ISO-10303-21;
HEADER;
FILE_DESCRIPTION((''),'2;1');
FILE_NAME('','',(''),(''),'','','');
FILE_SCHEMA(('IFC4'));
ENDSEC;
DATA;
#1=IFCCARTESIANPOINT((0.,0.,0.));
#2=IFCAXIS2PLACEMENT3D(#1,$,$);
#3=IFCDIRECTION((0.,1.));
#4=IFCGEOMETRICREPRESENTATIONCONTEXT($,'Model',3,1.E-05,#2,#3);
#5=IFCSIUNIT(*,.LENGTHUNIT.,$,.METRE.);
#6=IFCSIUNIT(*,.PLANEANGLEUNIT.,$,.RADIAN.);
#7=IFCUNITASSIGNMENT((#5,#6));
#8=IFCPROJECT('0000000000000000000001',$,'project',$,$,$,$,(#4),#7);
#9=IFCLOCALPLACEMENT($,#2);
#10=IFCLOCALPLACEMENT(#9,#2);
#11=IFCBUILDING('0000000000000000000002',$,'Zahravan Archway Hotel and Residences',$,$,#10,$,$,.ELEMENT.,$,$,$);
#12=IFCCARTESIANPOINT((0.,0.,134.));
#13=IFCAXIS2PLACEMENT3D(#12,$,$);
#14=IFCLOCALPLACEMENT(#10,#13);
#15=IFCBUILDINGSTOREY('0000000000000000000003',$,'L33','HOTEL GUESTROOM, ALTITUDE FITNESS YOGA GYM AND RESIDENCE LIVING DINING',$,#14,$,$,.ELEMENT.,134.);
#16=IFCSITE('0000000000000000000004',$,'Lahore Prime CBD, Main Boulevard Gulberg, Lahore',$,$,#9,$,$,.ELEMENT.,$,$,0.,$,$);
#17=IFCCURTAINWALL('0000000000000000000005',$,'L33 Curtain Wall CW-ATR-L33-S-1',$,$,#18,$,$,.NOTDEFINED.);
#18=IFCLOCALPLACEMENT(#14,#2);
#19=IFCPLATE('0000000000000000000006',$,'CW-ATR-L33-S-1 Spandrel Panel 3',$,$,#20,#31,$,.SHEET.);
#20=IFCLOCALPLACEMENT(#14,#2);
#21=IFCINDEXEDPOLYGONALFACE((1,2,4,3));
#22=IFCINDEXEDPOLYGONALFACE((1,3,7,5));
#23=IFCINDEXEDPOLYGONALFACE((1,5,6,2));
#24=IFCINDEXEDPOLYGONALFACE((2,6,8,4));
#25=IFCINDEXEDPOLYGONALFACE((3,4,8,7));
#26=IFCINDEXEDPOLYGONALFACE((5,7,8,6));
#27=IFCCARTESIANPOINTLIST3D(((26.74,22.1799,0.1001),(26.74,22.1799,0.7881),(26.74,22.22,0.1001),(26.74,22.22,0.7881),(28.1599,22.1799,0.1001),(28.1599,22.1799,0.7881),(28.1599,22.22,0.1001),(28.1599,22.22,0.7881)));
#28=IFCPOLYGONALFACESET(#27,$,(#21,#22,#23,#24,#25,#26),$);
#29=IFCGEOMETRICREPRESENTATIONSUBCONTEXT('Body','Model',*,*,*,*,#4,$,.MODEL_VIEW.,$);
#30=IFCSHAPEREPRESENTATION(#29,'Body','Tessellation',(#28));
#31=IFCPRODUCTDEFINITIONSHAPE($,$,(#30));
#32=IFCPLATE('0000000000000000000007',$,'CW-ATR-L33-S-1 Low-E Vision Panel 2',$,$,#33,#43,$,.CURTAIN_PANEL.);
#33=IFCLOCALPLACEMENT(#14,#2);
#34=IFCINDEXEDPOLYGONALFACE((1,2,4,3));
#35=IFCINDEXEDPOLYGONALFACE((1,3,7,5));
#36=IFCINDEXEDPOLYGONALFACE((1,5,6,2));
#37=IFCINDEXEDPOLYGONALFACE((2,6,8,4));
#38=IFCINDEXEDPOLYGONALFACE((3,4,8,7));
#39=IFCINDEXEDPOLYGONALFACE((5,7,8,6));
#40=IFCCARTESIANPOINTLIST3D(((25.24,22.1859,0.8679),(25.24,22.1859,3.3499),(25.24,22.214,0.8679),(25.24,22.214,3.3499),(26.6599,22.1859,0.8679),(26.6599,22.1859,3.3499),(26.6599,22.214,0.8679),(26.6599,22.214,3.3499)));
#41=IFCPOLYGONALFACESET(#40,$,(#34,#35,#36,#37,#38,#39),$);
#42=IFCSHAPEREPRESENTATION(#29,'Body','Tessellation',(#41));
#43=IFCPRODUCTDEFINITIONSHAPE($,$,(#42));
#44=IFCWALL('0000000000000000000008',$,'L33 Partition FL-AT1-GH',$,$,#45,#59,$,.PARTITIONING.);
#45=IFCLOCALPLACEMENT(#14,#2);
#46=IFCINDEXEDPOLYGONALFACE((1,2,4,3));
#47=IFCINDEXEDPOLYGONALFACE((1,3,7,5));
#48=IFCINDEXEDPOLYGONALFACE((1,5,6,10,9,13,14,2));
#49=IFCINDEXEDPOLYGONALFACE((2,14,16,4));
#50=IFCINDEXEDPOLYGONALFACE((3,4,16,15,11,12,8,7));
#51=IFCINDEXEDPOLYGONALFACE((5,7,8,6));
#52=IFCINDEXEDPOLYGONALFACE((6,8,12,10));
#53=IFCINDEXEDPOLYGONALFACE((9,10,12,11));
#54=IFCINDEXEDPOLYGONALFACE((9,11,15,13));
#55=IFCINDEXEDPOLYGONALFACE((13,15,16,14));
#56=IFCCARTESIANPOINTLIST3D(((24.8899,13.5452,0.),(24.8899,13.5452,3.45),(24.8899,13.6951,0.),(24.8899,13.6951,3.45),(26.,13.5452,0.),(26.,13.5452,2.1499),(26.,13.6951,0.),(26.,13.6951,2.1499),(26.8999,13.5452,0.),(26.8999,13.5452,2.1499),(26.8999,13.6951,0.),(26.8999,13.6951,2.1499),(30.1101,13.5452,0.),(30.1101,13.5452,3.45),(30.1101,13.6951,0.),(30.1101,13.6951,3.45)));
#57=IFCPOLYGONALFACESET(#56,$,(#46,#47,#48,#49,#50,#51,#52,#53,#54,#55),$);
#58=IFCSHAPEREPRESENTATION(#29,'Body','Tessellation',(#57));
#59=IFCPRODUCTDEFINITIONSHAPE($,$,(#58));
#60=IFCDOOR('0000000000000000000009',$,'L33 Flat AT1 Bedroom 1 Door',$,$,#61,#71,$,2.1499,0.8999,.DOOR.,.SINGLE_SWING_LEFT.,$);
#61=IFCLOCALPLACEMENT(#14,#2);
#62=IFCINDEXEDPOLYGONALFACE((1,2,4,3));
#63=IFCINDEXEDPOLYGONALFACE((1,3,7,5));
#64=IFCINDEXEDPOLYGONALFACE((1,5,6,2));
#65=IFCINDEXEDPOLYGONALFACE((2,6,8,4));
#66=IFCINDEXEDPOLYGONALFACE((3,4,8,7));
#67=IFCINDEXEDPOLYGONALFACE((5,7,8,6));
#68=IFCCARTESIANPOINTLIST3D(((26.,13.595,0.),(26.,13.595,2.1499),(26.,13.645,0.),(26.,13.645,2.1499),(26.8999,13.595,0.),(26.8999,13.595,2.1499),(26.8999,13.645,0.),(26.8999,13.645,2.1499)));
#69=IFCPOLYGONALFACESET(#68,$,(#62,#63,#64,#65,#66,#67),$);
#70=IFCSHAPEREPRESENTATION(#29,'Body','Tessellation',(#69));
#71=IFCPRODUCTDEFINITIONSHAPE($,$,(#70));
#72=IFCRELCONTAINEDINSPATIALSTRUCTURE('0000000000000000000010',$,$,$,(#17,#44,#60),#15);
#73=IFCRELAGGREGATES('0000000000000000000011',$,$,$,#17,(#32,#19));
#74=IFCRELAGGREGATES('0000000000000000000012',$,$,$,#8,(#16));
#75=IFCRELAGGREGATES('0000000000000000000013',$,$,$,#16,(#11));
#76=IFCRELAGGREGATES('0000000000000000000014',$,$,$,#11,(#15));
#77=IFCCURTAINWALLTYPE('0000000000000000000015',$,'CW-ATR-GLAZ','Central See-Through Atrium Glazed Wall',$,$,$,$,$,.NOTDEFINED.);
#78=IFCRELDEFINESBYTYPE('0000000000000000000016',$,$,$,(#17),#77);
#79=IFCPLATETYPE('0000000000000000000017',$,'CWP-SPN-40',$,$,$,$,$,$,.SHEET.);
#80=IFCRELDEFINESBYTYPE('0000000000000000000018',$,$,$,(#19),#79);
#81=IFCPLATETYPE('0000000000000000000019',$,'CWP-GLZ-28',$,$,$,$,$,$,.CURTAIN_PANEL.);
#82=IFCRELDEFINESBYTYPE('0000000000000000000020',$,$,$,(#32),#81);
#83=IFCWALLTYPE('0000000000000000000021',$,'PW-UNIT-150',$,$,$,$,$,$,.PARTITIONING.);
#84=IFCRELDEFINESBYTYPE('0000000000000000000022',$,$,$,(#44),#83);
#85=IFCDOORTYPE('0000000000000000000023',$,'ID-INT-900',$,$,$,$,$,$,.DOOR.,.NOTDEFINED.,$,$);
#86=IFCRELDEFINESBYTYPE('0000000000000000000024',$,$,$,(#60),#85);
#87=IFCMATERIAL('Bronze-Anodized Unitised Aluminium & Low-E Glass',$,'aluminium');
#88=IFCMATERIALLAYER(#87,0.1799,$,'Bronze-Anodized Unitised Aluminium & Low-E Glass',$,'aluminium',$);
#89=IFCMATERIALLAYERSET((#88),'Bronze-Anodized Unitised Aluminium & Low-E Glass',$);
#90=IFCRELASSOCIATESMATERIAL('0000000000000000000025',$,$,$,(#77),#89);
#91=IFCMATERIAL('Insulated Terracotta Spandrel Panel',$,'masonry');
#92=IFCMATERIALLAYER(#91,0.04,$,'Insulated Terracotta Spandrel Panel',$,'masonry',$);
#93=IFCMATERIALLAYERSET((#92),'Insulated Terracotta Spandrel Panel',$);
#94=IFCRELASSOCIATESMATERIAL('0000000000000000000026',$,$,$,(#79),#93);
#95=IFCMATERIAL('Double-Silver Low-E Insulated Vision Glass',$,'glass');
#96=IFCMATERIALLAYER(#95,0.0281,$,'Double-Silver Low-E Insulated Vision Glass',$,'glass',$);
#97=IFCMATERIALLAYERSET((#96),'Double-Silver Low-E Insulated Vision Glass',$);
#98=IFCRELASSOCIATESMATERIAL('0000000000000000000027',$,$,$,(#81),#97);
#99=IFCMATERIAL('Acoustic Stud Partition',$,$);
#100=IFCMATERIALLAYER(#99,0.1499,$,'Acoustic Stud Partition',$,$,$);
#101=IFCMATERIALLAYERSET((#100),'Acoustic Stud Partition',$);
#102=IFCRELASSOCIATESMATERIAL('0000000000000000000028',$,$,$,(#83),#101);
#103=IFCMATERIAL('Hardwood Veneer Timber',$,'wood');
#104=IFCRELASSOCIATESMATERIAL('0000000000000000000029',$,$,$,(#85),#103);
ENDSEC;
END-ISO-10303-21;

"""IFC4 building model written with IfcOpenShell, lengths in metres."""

from ifc_helpers import new_model, si_unit, direction, frame, frame_2d, origin, origin_2d, place, context, subcontext, project, spatial, rectangle, extrude, source, transform, mapped, material, layer, layer_set, type_object, type_shapes, element, fill, aggregate, save


model = new_model("IFC4")

# Units and contexts
model_context = context("Model", 3, precision=1e-05, world=origin(), true_north=direction((0.0, 1.0)))
body_context = subcontext(model_context, "Body", "Model", "MODEL_VIEW")
ifc_project = project(units=[si_unit("LENGTHUNIT", "METRE"), si_unit("PLANEANGLEUNIT", "RADIAN")], contexts=[model_context])

# Site, building, storey
site_placement = place(None, origin())
site = spatial("IfcSite", under=ifc_project, at=site_placement, Name="Lahore Prime CBD, Main Boulevard Gulberg, Lahore", CompositionType="ELEMENT", RefElevation=0.0)
building_placement = place(site_placement, origin())
building = spatial("IfcBuilding", under=site, at=building_placement, Name="Zahravan Archway Hotel and Residences", CompositionType="ELEMENT")
storey_placement = place(building_placement, frame((0.0, 0.0, 134.0)))
storey = spatial("IfcBuildingStorey", under=building, at=storey_placement, Name="L33", Description="HOTEL GUESTROOM, ALTITUDE FITNESS YOGA GYM AND RESIDENCE LIVING DINING", CompositionType="ELEMENT", Elevation=134.0)

# Curtain wall, plates
ifc_material_1 = material(Name="Bronze-Anodized Unitised Aluminium & Low-E Glass", Category="aluminium")
ifc_layer_1 = layer(ifc_material_1, 0.1799, Name="Bronze-Anodized Unitised Aluminium & Low-E Glass", Category="aluminium")
ifc_layer_set_1 = layer_set([ifc_layer_1], Name="Bronze-Anodized Unitised Aluminium & Low-E Glass")
curtain_wall_type = type_object("IfcCurtainWallType", Name="CW-ATR-GLAZ", Description="Central See-Through Atrium Glazed Wall", PredefinedType="NOTDEFINED", material=ifc_layer_set_1)
curtain_wall_placement = place(storey_placement, origin())
curtain_wall = element("IfcCurtainWall", 1, at=curtain_wall_placement, inside=storey, type_object=curtain_wall_type, Name="L33 Curtain Wall CW-ATR-L33-S-1", PredefinedType="NOTDEFINED")
ifc_material_2 = material(Name="Insulated Terracotta Spandrel Panel", Category="masonry")
ifc_layer_2 = layer(ifc_material_2, 0.04, Name="Insulated Terracotta Spandrel Panel", Category="masonry")
ifc_layer_set_2 = layer_set([ifc_layer_2], Name="Insulated Terracotta Spandrel Panel")
plate_type_1 = type_object("IfcPlateType", Name="CWP-SPN-40", PredefinedType="SHEET", material=ifc_layer_set_2)
shared_shape_1 = source(origin(), body_context, "Body", "SweptSolid", [
    extrude(rectangle(XDim=1.4199, YDim=0.04, at=origin_2d()), origin(), (0.0, 0.0, 1.0), 0.688),
])
plate_1_placement = place(storey_placement, frame((27.45, 22.2, 0.1001), z_axis=(0.0, 0.0, 1.0), x_axis=(1.0, 0.0, 0.0)))
plate_1 = element("IfcPlate", 2, at=plate_1_placement, type_object=plate_type_1, Name="CW-ATR-L33-S-1 Spandrel Panel 3", PredefinedType="SHEET", context=body_context, shape_type="MappedRepresentation", body=[
    mapped(shared_shape_1, transform((0.0, 0.0, 0.0), scale=1.0)),
])
ifc_material_3 = material(Name="Double-Silver Low-E Insulated Vision Glass", Category="glass")
ifc_layer_3 = layer(ifc_material_3, 0.0281, Name="Double-Silver Low-E Insulated Vision Glass", Category="glass")
ifc_layer_set_3 = layer_set([ifc_layer_3], Name="Double-Silver Low-E Insulated Vision Glass")
plate_type_2 = type_object("IfcPlateType", Name="CWP-GLZ-28", PredefinedType="CURTAIN_PANEL", material=ifc_layer_set_3)
shared_shape_2 = source(origin(), body_context, "Body", "SweptSolid", [
    extrude(rectangle(XDim=1.4199, YDim=0.0281, at=origin_2d()), origin(), (0.0, 0.0, 1.0), 2.4819),
])
plate_2_placement = place(storey_placement, frame((25.95, 22.2, 0.8679), z_axis=(0.0, 0.0, 1.0), x_axis=(1.0, 0.0, 0.0)))
plate_2 = element("IfcPlate", 3, at=plate_2_placement, type_object=plate_type_2, Name="CW-ATR-L33-S-1 Low-E Vision Panel 2", PredefinedType="CURTAIN_PANEL", context=body_context, shape_type="MappedRepresentation", body=[
    mapped(shared_shape_2, transform((0.0, 0.0, 0.0), scale=1.0)),
])
aggregate(curtain_wall, [plate_2, plate_1])

# Wall, opening, door
ifc_material_4 = material(Name="Acoustic Stud Partition")
ifc_layer_4 = layer(ifc_material_4, 0.1499, Name="Acoustic Stud Partition")
ifc_layer_set_4 = layer_set([ifc_layer_4], Name="Acoustic Stud Partition")
wall_type = type_object("IfcWallType", Name="PW-UNIT-150", PredefinedType="PARTITIONING", material=ifc_layer_set_4)
wall_placement = place(storey_placement, frame((24.8899, 13.6201, 0.0), z_axis=(0.0, 0.0, 1.0), x_axis=(1.0, 0.0, 0.0)))
wall = element("IfcWall", 4, at=wall_placement, inside=storey, type_object=wall_type, Name="L33 Partition FL-AT1-GH", PredefinedType="PARTITIONING", context=body_context, shape_type="SweptSolid", body=[
    extrude(rectangle(XDim=5.2202, YDim=0.1499, at=frame_2d((2.6101, 0.0))), origin(), (0.0, 0.0, 1.0), 3.45),
])
opening_placement = place(wall_placement, frame((1.1101, 0.0, 0.0)))
opening = element("IfcOpeningElement", 5, at=opening_placement, cuts=wall, PredefinedType="OPENING", context=body_context, shape_type="SweptSolid", body=[
    extrude(rectangle(XDim=0.8999, YDim=2.1499, at=frame_2d((0.45, 1.075))), frame((0.0, 0.085, 0.0), z_axis=(0.0, -1.0, 0.0), x_axis=(1.0, 0.0, 0.0)), (0.0, 0.0, 1.0), 0.1699),
])
ifc_material_5 = material(Name="Hardwood Veneer Timber", Category="wood")
door_type = type_object("IfcDoorType", Name="ID-INT-900", OperationType="NOTDEFINED", PredefinedType="DOOR", material=ifc_material_5)
shared_shape_3 = source(origin(), body_context, "Body", "SweptSolid", [
    extrude(rectangle(XDim=0.8999, YDim=2.1499, at=frame_2d((0.45, 1.075))), frame((0.0, 0.0249, 0.0), z_axis=(0.0, -1.0, 0.0), x_axis=(1.0, 0.0, 0.0)), (0.0, 0.0, 1.0), 0.05),
])
type_shapes(door_type, [shared_shape_3])
door_placement = place(opening_placement, origin())
door = element("IfcDoor", 6, at=door_placement, inside=storey, type_object=door_type, Name="L33 Flat AT1 Bedroom 1 Door", OperationType="SINGLE_SWING_LEFT", OverallHeight=2.1499, OverallWidth=0.8999, PredefinedType="DOOR", context=body_context, shape_type="MappedRepresentation", body=[
    mapped(shared_shape_3, transform((0.0, 0.0, 0.0), scale=1.0)),
])
fill(opening, door)

save(model, "model.ifc")
